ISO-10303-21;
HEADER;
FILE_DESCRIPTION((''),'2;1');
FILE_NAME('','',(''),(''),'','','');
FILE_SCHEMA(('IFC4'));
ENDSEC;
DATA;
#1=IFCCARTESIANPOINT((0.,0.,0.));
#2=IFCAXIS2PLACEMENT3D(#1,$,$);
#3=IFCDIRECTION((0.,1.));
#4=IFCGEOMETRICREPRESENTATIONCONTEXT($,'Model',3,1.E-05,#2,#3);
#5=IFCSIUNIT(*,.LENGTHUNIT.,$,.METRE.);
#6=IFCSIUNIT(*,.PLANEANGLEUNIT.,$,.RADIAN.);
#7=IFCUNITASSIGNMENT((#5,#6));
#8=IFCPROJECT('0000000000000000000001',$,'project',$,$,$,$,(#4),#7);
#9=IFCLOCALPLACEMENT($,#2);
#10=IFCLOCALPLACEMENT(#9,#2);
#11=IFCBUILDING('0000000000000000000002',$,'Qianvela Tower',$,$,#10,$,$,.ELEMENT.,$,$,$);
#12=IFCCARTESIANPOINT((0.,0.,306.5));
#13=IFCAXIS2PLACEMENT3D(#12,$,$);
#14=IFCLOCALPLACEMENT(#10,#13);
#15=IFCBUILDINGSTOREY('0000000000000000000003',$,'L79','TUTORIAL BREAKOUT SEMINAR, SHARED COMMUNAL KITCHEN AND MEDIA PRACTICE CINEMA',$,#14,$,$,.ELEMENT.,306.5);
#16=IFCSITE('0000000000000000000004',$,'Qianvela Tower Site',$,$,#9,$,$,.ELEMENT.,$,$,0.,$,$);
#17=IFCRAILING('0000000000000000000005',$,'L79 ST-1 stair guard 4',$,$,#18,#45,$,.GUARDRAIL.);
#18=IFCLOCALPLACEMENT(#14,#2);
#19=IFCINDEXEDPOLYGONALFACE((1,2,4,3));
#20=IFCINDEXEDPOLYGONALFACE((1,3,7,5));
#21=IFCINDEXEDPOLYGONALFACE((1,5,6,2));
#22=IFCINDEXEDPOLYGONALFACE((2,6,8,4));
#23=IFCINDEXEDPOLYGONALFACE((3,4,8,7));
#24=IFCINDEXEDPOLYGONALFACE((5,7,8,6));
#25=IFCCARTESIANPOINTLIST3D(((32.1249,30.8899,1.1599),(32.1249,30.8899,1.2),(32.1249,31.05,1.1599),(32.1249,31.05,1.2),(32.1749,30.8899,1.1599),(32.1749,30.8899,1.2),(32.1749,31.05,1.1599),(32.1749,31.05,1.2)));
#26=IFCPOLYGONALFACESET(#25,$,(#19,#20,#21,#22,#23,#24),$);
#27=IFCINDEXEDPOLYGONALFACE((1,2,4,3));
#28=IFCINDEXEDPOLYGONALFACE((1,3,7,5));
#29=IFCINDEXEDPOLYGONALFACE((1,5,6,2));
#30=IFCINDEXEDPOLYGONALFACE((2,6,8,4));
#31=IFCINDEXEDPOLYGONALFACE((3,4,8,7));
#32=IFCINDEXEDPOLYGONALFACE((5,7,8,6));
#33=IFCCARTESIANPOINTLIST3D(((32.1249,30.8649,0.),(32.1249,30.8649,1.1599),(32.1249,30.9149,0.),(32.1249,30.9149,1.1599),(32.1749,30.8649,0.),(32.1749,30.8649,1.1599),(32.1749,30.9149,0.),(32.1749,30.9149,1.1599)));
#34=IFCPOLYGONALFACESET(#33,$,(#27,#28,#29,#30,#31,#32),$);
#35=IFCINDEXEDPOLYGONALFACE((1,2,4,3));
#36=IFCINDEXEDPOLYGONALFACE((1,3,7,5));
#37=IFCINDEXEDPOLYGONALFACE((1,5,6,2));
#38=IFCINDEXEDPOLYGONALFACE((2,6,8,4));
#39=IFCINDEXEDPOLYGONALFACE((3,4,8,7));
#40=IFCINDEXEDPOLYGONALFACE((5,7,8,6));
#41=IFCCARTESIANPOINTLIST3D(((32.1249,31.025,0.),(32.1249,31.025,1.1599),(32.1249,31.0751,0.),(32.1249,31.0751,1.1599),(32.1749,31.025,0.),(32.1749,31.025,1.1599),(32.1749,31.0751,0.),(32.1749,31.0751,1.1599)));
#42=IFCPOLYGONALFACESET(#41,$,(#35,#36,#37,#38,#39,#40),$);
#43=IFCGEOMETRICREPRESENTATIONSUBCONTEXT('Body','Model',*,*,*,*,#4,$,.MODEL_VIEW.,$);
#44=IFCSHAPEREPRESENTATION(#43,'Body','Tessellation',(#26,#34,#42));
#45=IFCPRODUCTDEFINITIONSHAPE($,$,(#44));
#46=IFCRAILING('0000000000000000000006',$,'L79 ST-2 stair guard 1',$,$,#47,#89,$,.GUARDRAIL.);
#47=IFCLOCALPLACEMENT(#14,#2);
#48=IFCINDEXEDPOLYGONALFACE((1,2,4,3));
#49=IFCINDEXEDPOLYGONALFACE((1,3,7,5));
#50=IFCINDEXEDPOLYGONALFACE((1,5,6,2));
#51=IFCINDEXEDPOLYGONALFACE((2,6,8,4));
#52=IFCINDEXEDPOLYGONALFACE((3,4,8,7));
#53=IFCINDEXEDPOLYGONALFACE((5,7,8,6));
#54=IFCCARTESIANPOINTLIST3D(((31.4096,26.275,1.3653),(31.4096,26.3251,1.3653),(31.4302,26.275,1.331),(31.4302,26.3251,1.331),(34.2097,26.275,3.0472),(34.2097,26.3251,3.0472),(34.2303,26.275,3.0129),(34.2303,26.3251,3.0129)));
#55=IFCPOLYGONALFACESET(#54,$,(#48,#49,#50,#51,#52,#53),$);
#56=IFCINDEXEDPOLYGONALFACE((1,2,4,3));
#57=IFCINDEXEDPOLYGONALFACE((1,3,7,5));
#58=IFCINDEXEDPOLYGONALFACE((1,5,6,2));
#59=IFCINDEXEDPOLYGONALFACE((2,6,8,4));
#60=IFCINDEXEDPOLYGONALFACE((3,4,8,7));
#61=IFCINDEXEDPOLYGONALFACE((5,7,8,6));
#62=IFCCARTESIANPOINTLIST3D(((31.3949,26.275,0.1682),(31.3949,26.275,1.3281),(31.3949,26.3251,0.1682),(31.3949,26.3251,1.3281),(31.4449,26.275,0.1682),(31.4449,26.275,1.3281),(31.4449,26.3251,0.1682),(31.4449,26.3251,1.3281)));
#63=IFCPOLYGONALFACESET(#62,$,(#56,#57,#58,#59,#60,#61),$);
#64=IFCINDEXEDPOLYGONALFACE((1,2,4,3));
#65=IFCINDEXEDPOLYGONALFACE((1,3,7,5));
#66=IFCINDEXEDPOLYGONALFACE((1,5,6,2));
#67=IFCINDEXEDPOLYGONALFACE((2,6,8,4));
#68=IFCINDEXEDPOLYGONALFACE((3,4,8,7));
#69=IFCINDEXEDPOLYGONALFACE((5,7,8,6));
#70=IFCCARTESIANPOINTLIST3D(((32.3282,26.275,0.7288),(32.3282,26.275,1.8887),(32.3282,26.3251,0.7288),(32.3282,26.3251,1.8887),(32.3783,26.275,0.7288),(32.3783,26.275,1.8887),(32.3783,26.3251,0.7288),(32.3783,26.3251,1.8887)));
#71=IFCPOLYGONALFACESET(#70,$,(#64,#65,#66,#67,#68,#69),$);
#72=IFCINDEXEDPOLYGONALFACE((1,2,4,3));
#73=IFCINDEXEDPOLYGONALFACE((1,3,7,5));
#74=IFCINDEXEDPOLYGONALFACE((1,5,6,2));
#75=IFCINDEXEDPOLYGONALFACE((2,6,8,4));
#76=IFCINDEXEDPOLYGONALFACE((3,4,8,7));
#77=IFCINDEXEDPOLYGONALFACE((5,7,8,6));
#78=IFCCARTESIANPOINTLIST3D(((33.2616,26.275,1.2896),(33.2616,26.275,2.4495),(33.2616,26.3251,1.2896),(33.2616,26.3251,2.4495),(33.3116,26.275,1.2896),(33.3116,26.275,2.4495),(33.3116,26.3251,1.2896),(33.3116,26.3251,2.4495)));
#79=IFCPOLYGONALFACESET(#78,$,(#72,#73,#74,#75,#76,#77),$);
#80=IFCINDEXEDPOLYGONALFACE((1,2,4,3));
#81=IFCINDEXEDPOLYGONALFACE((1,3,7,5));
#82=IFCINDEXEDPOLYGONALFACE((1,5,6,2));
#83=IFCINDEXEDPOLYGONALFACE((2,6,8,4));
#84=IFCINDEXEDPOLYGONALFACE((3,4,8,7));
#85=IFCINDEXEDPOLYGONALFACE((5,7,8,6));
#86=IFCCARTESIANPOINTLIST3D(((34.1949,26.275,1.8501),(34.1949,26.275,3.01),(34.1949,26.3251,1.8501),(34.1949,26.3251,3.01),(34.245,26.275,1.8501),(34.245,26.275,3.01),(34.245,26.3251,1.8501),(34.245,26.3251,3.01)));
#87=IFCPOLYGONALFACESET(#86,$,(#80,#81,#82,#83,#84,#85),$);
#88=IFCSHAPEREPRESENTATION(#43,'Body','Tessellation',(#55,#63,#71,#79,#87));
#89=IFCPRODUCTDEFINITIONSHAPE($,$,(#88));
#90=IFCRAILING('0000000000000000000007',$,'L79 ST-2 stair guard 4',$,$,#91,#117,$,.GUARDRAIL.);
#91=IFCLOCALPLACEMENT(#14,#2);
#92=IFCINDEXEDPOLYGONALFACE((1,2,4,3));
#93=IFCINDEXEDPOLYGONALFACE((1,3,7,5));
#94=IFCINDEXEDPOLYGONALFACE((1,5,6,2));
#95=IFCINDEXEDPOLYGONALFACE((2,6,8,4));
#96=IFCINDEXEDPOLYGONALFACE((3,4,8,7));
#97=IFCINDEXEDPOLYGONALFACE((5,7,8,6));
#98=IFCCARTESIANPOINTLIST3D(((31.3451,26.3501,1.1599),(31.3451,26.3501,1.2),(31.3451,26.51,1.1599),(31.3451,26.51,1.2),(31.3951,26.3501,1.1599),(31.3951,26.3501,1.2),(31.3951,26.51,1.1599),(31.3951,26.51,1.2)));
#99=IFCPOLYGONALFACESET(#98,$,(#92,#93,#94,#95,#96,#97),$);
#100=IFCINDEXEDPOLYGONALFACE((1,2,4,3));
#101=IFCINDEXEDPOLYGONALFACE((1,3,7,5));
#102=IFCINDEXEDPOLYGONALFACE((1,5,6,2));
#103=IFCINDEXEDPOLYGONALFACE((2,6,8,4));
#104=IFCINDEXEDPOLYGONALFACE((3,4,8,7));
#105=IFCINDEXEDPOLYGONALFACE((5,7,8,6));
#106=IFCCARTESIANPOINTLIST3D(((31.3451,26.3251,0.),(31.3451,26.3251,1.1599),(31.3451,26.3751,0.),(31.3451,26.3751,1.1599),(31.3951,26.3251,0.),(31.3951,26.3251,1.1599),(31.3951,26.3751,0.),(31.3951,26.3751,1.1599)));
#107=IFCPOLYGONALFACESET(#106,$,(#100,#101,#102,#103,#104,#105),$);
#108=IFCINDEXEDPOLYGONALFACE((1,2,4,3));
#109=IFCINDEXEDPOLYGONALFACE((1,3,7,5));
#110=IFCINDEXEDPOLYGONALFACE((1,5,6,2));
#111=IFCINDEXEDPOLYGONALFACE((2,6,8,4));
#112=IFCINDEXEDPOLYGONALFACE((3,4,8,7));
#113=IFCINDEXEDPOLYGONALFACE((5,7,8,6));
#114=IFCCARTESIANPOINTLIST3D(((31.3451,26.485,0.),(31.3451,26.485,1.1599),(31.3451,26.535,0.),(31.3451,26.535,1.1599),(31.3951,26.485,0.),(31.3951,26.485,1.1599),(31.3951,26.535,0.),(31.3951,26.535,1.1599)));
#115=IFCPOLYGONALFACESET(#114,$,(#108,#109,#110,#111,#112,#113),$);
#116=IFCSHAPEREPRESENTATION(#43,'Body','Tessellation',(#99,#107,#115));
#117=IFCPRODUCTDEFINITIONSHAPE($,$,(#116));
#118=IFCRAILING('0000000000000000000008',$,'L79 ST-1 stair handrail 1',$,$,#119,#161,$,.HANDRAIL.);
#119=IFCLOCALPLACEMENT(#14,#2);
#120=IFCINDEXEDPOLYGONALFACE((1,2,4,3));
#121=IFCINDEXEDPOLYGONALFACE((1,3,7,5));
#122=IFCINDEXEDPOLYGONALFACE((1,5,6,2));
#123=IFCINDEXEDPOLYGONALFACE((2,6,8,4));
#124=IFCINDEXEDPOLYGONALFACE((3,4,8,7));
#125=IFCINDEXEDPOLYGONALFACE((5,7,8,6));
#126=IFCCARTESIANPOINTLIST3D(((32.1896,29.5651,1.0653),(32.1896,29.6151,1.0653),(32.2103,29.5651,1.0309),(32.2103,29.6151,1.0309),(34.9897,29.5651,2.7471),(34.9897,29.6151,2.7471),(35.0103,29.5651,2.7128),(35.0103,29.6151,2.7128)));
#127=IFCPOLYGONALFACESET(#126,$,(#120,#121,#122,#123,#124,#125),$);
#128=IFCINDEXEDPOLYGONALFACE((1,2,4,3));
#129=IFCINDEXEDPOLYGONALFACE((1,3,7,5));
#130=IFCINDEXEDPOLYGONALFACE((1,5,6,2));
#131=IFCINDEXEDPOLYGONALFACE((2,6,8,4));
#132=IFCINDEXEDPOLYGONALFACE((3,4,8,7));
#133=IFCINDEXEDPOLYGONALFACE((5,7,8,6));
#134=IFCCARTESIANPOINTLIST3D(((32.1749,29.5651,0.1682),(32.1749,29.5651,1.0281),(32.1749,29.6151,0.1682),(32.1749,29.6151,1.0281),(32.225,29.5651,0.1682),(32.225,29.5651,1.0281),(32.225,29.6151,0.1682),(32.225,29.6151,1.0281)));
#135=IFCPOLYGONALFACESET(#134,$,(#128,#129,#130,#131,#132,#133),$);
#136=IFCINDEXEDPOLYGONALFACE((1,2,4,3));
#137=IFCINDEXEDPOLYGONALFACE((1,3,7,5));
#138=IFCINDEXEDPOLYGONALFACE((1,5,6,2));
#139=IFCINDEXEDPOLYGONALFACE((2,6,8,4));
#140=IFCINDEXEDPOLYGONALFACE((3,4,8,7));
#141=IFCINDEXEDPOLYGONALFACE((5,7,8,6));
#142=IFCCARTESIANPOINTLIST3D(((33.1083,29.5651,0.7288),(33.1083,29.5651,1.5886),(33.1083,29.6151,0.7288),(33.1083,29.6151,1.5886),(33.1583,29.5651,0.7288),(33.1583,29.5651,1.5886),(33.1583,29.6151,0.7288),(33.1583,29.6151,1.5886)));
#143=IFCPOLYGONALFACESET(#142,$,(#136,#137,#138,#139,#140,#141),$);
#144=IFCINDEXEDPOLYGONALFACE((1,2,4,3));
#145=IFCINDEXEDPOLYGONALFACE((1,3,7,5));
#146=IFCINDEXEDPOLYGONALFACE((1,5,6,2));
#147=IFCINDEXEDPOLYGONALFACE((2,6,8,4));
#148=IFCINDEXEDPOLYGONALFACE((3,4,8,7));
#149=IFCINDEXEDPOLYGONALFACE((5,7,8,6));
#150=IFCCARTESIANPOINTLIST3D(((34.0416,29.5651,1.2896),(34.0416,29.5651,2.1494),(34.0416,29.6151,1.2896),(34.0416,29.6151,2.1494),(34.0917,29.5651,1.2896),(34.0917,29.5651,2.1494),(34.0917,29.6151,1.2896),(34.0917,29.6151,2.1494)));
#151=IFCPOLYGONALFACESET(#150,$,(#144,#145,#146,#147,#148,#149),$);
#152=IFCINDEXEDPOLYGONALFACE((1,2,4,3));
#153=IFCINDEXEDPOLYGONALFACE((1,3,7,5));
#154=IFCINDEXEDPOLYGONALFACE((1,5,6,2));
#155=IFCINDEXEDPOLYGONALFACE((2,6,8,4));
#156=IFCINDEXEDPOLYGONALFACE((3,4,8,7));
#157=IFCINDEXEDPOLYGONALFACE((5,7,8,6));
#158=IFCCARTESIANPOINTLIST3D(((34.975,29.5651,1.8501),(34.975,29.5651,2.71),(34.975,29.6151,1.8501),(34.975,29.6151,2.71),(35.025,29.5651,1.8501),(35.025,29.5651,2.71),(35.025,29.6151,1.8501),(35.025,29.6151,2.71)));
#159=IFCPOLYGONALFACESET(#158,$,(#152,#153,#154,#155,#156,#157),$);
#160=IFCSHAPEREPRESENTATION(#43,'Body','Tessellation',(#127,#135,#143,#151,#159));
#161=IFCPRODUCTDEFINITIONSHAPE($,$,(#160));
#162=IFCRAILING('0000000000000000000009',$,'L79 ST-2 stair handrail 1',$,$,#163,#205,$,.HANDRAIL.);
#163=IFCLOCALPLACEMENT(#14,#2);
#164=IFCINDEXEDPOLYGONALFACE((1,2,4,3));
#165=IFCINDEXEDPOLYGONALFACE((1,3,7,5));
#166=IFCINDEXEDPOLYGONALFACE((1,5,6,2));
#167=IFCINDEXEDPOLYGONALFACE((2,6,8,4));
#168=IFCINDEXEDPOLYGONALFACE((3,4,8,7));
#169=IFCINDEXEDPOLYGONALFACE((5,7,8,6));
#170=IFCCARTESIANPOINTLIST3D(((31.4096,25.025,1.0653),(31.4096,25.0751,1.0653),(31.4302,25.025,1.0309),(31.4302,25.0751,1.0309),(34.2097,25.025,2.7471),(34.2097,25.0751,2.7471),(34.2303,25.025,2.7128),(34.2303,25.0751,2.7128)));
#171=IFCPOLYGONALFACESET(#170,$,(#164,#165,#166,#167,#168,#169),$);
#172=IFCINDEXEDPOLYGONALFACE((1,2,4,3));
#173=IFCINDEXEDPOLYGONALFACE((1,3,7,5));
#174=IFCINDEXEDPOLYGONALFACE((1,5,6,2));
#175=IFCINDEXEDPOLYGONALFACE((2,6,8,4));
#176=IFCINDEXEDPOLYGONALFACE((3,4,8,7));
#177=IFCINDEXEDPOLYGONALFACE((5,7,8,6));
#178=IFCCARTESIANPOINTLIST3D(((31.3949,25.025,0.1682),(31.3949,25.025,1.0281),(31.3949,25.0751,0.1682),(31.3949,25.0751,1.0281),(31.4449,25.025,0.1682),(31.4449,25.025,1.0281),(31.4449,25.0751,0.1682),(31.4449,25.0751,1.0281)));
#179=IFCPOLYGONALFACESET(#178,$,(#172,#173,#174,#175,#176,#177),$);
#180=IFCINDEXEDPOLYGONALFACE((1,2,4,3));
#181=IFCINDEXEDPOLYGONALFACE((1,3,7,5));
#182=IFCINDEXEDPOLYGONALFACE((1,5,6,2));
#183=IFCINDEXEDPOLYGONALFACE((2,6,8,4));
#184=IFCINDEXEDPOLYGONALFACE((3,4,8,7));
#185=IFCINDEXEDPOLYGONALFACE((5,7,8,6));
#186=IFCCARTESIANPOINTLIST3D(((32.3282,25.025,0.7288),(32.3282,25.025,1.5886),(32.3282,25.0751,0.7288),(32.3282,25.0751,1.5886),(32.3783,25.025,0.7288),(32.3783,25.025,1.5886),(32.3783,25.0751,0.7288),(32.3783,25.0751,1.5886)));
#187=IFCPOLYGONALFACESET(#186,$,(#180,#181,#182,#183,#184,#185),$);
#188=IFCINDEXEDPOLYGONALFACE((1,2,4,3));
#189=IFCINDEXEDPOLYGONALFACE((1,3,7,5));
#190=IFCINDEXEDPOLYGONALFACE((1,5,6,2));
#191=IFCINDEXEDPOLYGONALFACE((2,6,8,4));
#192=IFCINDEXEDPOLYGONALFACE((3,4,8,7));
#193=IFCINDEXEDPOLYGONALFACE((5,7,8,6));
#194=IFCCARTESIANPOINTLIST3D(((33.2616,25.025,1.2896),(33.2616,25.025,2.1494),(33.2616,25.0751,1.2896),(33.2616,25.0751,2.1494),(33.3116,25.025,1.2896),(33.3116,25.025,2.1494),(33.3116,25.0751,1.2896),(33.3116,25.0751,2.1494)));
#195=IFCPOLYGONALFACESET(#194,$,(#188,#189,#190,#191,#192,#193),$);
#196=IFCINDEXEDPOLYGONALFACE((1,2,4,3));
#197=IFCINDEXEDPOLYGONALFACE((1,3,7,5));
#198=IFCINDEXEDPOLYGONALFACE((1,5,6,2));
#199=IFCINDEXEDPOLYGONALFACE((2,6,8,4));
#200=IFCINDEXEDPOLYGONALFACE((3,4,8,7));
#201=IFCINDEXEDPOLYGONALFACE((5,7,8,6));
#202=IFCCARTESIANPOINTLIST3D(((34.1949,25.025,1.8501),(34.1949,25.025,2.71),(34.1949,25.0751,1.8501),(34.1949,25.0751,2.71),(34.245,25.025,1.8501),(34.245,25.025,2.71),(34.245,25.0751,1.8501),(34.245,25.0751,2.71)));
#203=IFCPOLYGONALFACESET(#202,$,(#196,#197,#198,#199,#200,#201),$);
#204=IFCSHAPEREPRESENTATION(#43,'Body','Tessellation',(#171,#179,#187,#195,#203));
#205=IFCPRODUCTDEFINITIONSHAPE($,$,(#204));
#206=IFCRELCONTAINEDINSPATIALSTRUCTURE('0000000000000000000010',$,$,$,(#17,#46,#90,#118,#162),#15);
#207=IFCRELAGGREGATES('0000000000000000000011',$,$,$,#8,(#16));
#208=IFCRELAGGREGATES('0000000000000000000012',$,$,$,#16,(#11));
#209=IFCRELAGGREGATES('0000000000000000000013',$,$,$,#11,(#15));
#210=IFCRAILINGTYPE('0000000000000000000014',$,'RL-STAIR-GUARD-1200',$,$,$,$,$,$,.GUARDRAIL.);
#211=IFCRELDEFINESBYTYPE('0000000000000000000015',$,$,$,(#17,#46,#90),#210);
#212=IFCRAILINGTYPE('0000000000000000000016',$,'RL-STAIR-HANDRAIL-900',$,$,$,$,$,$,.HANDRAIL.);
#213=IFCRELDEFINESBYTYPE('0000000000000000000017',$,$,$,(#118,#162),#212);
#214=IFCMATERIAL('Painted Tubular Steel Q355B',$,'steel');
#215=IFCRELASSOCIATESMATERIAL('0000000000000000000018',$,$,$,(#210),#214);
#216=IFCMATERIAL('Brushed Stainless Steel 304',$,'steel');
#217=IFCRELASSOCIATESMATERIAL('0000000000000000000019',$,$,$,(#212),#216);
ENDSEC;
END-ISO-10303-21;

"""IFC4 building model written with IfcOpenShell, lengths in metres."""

from ifc_helpers import new_model, si_unit, direction, frame, origin, origin_2d, place, context, subcontext, project, spatial, rectangle, extrude, material, type_object, element, save


model = new_model("IFC4")

# Units and contexts
model_context = context("Model", 3, precision=1e-05, world=origin(), true_north=direction((0.0, 1.0)))
body_context = subcontext(model_context, "Body", "Model", "MODEL_VIEW")
ifc_project = project(units=[si_unit("LENGTHUNIT", "METRE"), si_unit("PLANEANGLEUNIT", "RADIAN")], contexts=[model_context])

# Site, building, storey
site_placement = place(None, origin())
site = spatial("IfcSite", under=ifc_project, at=site_placement, Name="Qianvela Tower Site", CompositionType="ELEMENT", RefElevation=0.0)
building_placement = place(site_placement, origin())
building = spatial("IfcBuilding", under=site, at=building_placement, Name="Qianvela Tower", CompositionType="ELEMENT")
storey_placement = place(building_placement, frame((0.0, 0.0, 306.5)))
storey = spatial("IfcBuildingStorey", under=building, at=storey_placement, Name="L79", Description="TUTORIAL BREAKOUT SEMINAR, SHARED COMMUNAL KITCHEN AND MEDIA PRACTICE CINEMA", CompositionType="ELEMENT", Elevation=306.5)

# Railings
ifc_material_1 = material(Name="Painted Tubular Steel Q355B", Category="steel")
railing_type_1 = type_object("IfcRailingType", Name="RL-STAIR-GUARD-1200", PredefinedType="GUARDRAIL", material=ifc_material_1)
railing_1_placement = place(storey_placement, frame((32.1499, 30.8899, 0.0)))
element("IfcRailing", 1, at=railing_1_placement, inside=storey, type_object=railing_type_1, Name="L79 ST-1 stair guard 4", PredefinedType="GUARDRAIL", context=body_context, shape_type="SweptSolid", body=[
    extrude(rectangle(XDim=0.05, YDim=0.04, at=origin_2d()), frame((0.0, 0.0, 1.1799), z_axis=(0.0, 1.0, 0.0), x_axis=(-1.0, 0.0, 0.0)), (0.0, 0.0, 1.0), 0.1602),
    extrude(rectangle(XDim=0.05, YDim=0.05, at=origin_2d()), origin(), (0.0, 0.0, 1.0), 1.1599),
    extrude(rectangle(XDim=0.05, YDim=0.05, at=origin_2d()), frame((0.0, 0.1602, 0.0)), (0.0, 0.0, 1.0), 1.1599),
])
railing_2_placement = place(storey_placement, frame((31.4199, 26.3, 0.1682)))
element("IfcRailing", 2, at=railing_2_placement, inside=storey, type_object=railing_type_1, Name="L79 ST-2 stair guard 1", PredefinedType="GUARDRAIL", context=body_context, shape_type="SweptSolid", body=[
    extrude(rectangle(XDim=0.05, YDim=0.04, at=origin_2d()), frame((0.0, 0.0, 1.1799), z_axis=(0.857242, 0.0, 0.514913), x_axis=(0.0, 1.0, 0.0)), (0.0, 0.0, 1.0), 3.2664),
    extrude(rectangle(XDim=0.05, YDim=0.05, at=origin_2d()), origin(), (0.0, 0.0, 1.0), 1.1599),
    extrude(rectangle(XDim=0.05, YDim=0.05, at=origin_2d()), frame((0.9333, 0.0, 0.5605)), (0.0, 0.0, 1.0), 1.1599),
    extrude(rectangle(XDim=0.05, YDim=0.05, at=origin_2d()), frame((1.8667, 0.0, 1.1213)), (0.0, 0.0, 1.0), 1.1599),
    extrude(rectangle(XDim=0.05, YDim=0.05, at=origin_2d()), frame((2.8, 0.0, 1.6819)), (0.0, 0.0, 1.0), 1.1599),
])
railing_3_placement = place(storey_placement, frame((31.3701, 26.3501, 0.0)))
element("IfcRailing", 3, at=railing_3_placement, inside=storey, type_object=railing_type_1, Name="L79 ST-2 stair guard 4", PredefinedType="GUARDRAIL", context=body_context, shape_type="SweptSolid", body=[
    extrude(rectangle(XDim=0.05, YDim=0.04, at=origin_2d()), frame((0.0, 0.0, 1.1799), z_axis=(0.0, 1.0, 0.0), x_axis=(-1.0, 0.0, 0.0)), (0.0, 0.0, 1.0), 0.1599),
    extrude(rectangle(XDim=0.05, YDim=0.05, at=origin_2d()), origin(), (0.0, 0.0, 1.0), 1.1599),
    extrude(rectangle(XDim=0.05, YDim=0.05, at=origin_2d()), frame((0.0, 0.1599, 0.0)), (0.0, 0.0, 1.0), 1.1599),
])
ifc_material_2 = material(Name="Brushed Stainless Steel 304", Category="steel")
railing_type_2 = type_object("IfcRailingType", Name="RL-STAIR-HANDRAIL-900", PredefinedType="HANDRAIL", material=ifc_material_2)
for number, where, name in (
    (4, (32.2, 29.5901, 0.1682), "L79 ST-1 stair handrail 1"),
    (5, (31.4199, 25.05, 0.1682), "L79 ST-2 stair handrail 1"),
):
    element("IfcRailing", number, at=place(storey_placement, frame(where)), inside=storey, type_object=railing_type_2, Name=name, PredefinedType="HANDRAIL", context=body_context, shape_type="SweptSolid", body=[
        extrude(rectangle(XDim=0.05, YDim=0.04, at=origin_2d()), frame((0.0, 0.0, 0.8799), z_axis=(0.857242, 0.0, 0.514913), x_axis=(0.0, 1.0, 0.0)), (0.0, 0.0, 1.0), 3.2664),
        extrude(rectangle(XDim=0.05, YDim=0.05, at=origin_2d()), origin(), (0.0, 0.0, 1.0), 0.8599),
        extrude(rectangle(XDim=0.05, YDim=0.05, at=origin_2d()), frame((0.9333, 0.0, 0.5605)), (0.0, 0.0, 1.0), 0.8599),
        extrude(rectangle(XDim=0.05, YDim=0.05, at=origin_2d()), frame((1.8667, 0.0, 1.1213)), (0.0, 0.0, 1.0), 0.8599),
        extrude(rectangle(XDim=0.05, YDim=0.05, at=origin_2d()), frame((2.8, 0.0, 1.6819)), (0.0, 0.0, 1.0), 0.8599),
    ])

save(model, "model.ifc")
